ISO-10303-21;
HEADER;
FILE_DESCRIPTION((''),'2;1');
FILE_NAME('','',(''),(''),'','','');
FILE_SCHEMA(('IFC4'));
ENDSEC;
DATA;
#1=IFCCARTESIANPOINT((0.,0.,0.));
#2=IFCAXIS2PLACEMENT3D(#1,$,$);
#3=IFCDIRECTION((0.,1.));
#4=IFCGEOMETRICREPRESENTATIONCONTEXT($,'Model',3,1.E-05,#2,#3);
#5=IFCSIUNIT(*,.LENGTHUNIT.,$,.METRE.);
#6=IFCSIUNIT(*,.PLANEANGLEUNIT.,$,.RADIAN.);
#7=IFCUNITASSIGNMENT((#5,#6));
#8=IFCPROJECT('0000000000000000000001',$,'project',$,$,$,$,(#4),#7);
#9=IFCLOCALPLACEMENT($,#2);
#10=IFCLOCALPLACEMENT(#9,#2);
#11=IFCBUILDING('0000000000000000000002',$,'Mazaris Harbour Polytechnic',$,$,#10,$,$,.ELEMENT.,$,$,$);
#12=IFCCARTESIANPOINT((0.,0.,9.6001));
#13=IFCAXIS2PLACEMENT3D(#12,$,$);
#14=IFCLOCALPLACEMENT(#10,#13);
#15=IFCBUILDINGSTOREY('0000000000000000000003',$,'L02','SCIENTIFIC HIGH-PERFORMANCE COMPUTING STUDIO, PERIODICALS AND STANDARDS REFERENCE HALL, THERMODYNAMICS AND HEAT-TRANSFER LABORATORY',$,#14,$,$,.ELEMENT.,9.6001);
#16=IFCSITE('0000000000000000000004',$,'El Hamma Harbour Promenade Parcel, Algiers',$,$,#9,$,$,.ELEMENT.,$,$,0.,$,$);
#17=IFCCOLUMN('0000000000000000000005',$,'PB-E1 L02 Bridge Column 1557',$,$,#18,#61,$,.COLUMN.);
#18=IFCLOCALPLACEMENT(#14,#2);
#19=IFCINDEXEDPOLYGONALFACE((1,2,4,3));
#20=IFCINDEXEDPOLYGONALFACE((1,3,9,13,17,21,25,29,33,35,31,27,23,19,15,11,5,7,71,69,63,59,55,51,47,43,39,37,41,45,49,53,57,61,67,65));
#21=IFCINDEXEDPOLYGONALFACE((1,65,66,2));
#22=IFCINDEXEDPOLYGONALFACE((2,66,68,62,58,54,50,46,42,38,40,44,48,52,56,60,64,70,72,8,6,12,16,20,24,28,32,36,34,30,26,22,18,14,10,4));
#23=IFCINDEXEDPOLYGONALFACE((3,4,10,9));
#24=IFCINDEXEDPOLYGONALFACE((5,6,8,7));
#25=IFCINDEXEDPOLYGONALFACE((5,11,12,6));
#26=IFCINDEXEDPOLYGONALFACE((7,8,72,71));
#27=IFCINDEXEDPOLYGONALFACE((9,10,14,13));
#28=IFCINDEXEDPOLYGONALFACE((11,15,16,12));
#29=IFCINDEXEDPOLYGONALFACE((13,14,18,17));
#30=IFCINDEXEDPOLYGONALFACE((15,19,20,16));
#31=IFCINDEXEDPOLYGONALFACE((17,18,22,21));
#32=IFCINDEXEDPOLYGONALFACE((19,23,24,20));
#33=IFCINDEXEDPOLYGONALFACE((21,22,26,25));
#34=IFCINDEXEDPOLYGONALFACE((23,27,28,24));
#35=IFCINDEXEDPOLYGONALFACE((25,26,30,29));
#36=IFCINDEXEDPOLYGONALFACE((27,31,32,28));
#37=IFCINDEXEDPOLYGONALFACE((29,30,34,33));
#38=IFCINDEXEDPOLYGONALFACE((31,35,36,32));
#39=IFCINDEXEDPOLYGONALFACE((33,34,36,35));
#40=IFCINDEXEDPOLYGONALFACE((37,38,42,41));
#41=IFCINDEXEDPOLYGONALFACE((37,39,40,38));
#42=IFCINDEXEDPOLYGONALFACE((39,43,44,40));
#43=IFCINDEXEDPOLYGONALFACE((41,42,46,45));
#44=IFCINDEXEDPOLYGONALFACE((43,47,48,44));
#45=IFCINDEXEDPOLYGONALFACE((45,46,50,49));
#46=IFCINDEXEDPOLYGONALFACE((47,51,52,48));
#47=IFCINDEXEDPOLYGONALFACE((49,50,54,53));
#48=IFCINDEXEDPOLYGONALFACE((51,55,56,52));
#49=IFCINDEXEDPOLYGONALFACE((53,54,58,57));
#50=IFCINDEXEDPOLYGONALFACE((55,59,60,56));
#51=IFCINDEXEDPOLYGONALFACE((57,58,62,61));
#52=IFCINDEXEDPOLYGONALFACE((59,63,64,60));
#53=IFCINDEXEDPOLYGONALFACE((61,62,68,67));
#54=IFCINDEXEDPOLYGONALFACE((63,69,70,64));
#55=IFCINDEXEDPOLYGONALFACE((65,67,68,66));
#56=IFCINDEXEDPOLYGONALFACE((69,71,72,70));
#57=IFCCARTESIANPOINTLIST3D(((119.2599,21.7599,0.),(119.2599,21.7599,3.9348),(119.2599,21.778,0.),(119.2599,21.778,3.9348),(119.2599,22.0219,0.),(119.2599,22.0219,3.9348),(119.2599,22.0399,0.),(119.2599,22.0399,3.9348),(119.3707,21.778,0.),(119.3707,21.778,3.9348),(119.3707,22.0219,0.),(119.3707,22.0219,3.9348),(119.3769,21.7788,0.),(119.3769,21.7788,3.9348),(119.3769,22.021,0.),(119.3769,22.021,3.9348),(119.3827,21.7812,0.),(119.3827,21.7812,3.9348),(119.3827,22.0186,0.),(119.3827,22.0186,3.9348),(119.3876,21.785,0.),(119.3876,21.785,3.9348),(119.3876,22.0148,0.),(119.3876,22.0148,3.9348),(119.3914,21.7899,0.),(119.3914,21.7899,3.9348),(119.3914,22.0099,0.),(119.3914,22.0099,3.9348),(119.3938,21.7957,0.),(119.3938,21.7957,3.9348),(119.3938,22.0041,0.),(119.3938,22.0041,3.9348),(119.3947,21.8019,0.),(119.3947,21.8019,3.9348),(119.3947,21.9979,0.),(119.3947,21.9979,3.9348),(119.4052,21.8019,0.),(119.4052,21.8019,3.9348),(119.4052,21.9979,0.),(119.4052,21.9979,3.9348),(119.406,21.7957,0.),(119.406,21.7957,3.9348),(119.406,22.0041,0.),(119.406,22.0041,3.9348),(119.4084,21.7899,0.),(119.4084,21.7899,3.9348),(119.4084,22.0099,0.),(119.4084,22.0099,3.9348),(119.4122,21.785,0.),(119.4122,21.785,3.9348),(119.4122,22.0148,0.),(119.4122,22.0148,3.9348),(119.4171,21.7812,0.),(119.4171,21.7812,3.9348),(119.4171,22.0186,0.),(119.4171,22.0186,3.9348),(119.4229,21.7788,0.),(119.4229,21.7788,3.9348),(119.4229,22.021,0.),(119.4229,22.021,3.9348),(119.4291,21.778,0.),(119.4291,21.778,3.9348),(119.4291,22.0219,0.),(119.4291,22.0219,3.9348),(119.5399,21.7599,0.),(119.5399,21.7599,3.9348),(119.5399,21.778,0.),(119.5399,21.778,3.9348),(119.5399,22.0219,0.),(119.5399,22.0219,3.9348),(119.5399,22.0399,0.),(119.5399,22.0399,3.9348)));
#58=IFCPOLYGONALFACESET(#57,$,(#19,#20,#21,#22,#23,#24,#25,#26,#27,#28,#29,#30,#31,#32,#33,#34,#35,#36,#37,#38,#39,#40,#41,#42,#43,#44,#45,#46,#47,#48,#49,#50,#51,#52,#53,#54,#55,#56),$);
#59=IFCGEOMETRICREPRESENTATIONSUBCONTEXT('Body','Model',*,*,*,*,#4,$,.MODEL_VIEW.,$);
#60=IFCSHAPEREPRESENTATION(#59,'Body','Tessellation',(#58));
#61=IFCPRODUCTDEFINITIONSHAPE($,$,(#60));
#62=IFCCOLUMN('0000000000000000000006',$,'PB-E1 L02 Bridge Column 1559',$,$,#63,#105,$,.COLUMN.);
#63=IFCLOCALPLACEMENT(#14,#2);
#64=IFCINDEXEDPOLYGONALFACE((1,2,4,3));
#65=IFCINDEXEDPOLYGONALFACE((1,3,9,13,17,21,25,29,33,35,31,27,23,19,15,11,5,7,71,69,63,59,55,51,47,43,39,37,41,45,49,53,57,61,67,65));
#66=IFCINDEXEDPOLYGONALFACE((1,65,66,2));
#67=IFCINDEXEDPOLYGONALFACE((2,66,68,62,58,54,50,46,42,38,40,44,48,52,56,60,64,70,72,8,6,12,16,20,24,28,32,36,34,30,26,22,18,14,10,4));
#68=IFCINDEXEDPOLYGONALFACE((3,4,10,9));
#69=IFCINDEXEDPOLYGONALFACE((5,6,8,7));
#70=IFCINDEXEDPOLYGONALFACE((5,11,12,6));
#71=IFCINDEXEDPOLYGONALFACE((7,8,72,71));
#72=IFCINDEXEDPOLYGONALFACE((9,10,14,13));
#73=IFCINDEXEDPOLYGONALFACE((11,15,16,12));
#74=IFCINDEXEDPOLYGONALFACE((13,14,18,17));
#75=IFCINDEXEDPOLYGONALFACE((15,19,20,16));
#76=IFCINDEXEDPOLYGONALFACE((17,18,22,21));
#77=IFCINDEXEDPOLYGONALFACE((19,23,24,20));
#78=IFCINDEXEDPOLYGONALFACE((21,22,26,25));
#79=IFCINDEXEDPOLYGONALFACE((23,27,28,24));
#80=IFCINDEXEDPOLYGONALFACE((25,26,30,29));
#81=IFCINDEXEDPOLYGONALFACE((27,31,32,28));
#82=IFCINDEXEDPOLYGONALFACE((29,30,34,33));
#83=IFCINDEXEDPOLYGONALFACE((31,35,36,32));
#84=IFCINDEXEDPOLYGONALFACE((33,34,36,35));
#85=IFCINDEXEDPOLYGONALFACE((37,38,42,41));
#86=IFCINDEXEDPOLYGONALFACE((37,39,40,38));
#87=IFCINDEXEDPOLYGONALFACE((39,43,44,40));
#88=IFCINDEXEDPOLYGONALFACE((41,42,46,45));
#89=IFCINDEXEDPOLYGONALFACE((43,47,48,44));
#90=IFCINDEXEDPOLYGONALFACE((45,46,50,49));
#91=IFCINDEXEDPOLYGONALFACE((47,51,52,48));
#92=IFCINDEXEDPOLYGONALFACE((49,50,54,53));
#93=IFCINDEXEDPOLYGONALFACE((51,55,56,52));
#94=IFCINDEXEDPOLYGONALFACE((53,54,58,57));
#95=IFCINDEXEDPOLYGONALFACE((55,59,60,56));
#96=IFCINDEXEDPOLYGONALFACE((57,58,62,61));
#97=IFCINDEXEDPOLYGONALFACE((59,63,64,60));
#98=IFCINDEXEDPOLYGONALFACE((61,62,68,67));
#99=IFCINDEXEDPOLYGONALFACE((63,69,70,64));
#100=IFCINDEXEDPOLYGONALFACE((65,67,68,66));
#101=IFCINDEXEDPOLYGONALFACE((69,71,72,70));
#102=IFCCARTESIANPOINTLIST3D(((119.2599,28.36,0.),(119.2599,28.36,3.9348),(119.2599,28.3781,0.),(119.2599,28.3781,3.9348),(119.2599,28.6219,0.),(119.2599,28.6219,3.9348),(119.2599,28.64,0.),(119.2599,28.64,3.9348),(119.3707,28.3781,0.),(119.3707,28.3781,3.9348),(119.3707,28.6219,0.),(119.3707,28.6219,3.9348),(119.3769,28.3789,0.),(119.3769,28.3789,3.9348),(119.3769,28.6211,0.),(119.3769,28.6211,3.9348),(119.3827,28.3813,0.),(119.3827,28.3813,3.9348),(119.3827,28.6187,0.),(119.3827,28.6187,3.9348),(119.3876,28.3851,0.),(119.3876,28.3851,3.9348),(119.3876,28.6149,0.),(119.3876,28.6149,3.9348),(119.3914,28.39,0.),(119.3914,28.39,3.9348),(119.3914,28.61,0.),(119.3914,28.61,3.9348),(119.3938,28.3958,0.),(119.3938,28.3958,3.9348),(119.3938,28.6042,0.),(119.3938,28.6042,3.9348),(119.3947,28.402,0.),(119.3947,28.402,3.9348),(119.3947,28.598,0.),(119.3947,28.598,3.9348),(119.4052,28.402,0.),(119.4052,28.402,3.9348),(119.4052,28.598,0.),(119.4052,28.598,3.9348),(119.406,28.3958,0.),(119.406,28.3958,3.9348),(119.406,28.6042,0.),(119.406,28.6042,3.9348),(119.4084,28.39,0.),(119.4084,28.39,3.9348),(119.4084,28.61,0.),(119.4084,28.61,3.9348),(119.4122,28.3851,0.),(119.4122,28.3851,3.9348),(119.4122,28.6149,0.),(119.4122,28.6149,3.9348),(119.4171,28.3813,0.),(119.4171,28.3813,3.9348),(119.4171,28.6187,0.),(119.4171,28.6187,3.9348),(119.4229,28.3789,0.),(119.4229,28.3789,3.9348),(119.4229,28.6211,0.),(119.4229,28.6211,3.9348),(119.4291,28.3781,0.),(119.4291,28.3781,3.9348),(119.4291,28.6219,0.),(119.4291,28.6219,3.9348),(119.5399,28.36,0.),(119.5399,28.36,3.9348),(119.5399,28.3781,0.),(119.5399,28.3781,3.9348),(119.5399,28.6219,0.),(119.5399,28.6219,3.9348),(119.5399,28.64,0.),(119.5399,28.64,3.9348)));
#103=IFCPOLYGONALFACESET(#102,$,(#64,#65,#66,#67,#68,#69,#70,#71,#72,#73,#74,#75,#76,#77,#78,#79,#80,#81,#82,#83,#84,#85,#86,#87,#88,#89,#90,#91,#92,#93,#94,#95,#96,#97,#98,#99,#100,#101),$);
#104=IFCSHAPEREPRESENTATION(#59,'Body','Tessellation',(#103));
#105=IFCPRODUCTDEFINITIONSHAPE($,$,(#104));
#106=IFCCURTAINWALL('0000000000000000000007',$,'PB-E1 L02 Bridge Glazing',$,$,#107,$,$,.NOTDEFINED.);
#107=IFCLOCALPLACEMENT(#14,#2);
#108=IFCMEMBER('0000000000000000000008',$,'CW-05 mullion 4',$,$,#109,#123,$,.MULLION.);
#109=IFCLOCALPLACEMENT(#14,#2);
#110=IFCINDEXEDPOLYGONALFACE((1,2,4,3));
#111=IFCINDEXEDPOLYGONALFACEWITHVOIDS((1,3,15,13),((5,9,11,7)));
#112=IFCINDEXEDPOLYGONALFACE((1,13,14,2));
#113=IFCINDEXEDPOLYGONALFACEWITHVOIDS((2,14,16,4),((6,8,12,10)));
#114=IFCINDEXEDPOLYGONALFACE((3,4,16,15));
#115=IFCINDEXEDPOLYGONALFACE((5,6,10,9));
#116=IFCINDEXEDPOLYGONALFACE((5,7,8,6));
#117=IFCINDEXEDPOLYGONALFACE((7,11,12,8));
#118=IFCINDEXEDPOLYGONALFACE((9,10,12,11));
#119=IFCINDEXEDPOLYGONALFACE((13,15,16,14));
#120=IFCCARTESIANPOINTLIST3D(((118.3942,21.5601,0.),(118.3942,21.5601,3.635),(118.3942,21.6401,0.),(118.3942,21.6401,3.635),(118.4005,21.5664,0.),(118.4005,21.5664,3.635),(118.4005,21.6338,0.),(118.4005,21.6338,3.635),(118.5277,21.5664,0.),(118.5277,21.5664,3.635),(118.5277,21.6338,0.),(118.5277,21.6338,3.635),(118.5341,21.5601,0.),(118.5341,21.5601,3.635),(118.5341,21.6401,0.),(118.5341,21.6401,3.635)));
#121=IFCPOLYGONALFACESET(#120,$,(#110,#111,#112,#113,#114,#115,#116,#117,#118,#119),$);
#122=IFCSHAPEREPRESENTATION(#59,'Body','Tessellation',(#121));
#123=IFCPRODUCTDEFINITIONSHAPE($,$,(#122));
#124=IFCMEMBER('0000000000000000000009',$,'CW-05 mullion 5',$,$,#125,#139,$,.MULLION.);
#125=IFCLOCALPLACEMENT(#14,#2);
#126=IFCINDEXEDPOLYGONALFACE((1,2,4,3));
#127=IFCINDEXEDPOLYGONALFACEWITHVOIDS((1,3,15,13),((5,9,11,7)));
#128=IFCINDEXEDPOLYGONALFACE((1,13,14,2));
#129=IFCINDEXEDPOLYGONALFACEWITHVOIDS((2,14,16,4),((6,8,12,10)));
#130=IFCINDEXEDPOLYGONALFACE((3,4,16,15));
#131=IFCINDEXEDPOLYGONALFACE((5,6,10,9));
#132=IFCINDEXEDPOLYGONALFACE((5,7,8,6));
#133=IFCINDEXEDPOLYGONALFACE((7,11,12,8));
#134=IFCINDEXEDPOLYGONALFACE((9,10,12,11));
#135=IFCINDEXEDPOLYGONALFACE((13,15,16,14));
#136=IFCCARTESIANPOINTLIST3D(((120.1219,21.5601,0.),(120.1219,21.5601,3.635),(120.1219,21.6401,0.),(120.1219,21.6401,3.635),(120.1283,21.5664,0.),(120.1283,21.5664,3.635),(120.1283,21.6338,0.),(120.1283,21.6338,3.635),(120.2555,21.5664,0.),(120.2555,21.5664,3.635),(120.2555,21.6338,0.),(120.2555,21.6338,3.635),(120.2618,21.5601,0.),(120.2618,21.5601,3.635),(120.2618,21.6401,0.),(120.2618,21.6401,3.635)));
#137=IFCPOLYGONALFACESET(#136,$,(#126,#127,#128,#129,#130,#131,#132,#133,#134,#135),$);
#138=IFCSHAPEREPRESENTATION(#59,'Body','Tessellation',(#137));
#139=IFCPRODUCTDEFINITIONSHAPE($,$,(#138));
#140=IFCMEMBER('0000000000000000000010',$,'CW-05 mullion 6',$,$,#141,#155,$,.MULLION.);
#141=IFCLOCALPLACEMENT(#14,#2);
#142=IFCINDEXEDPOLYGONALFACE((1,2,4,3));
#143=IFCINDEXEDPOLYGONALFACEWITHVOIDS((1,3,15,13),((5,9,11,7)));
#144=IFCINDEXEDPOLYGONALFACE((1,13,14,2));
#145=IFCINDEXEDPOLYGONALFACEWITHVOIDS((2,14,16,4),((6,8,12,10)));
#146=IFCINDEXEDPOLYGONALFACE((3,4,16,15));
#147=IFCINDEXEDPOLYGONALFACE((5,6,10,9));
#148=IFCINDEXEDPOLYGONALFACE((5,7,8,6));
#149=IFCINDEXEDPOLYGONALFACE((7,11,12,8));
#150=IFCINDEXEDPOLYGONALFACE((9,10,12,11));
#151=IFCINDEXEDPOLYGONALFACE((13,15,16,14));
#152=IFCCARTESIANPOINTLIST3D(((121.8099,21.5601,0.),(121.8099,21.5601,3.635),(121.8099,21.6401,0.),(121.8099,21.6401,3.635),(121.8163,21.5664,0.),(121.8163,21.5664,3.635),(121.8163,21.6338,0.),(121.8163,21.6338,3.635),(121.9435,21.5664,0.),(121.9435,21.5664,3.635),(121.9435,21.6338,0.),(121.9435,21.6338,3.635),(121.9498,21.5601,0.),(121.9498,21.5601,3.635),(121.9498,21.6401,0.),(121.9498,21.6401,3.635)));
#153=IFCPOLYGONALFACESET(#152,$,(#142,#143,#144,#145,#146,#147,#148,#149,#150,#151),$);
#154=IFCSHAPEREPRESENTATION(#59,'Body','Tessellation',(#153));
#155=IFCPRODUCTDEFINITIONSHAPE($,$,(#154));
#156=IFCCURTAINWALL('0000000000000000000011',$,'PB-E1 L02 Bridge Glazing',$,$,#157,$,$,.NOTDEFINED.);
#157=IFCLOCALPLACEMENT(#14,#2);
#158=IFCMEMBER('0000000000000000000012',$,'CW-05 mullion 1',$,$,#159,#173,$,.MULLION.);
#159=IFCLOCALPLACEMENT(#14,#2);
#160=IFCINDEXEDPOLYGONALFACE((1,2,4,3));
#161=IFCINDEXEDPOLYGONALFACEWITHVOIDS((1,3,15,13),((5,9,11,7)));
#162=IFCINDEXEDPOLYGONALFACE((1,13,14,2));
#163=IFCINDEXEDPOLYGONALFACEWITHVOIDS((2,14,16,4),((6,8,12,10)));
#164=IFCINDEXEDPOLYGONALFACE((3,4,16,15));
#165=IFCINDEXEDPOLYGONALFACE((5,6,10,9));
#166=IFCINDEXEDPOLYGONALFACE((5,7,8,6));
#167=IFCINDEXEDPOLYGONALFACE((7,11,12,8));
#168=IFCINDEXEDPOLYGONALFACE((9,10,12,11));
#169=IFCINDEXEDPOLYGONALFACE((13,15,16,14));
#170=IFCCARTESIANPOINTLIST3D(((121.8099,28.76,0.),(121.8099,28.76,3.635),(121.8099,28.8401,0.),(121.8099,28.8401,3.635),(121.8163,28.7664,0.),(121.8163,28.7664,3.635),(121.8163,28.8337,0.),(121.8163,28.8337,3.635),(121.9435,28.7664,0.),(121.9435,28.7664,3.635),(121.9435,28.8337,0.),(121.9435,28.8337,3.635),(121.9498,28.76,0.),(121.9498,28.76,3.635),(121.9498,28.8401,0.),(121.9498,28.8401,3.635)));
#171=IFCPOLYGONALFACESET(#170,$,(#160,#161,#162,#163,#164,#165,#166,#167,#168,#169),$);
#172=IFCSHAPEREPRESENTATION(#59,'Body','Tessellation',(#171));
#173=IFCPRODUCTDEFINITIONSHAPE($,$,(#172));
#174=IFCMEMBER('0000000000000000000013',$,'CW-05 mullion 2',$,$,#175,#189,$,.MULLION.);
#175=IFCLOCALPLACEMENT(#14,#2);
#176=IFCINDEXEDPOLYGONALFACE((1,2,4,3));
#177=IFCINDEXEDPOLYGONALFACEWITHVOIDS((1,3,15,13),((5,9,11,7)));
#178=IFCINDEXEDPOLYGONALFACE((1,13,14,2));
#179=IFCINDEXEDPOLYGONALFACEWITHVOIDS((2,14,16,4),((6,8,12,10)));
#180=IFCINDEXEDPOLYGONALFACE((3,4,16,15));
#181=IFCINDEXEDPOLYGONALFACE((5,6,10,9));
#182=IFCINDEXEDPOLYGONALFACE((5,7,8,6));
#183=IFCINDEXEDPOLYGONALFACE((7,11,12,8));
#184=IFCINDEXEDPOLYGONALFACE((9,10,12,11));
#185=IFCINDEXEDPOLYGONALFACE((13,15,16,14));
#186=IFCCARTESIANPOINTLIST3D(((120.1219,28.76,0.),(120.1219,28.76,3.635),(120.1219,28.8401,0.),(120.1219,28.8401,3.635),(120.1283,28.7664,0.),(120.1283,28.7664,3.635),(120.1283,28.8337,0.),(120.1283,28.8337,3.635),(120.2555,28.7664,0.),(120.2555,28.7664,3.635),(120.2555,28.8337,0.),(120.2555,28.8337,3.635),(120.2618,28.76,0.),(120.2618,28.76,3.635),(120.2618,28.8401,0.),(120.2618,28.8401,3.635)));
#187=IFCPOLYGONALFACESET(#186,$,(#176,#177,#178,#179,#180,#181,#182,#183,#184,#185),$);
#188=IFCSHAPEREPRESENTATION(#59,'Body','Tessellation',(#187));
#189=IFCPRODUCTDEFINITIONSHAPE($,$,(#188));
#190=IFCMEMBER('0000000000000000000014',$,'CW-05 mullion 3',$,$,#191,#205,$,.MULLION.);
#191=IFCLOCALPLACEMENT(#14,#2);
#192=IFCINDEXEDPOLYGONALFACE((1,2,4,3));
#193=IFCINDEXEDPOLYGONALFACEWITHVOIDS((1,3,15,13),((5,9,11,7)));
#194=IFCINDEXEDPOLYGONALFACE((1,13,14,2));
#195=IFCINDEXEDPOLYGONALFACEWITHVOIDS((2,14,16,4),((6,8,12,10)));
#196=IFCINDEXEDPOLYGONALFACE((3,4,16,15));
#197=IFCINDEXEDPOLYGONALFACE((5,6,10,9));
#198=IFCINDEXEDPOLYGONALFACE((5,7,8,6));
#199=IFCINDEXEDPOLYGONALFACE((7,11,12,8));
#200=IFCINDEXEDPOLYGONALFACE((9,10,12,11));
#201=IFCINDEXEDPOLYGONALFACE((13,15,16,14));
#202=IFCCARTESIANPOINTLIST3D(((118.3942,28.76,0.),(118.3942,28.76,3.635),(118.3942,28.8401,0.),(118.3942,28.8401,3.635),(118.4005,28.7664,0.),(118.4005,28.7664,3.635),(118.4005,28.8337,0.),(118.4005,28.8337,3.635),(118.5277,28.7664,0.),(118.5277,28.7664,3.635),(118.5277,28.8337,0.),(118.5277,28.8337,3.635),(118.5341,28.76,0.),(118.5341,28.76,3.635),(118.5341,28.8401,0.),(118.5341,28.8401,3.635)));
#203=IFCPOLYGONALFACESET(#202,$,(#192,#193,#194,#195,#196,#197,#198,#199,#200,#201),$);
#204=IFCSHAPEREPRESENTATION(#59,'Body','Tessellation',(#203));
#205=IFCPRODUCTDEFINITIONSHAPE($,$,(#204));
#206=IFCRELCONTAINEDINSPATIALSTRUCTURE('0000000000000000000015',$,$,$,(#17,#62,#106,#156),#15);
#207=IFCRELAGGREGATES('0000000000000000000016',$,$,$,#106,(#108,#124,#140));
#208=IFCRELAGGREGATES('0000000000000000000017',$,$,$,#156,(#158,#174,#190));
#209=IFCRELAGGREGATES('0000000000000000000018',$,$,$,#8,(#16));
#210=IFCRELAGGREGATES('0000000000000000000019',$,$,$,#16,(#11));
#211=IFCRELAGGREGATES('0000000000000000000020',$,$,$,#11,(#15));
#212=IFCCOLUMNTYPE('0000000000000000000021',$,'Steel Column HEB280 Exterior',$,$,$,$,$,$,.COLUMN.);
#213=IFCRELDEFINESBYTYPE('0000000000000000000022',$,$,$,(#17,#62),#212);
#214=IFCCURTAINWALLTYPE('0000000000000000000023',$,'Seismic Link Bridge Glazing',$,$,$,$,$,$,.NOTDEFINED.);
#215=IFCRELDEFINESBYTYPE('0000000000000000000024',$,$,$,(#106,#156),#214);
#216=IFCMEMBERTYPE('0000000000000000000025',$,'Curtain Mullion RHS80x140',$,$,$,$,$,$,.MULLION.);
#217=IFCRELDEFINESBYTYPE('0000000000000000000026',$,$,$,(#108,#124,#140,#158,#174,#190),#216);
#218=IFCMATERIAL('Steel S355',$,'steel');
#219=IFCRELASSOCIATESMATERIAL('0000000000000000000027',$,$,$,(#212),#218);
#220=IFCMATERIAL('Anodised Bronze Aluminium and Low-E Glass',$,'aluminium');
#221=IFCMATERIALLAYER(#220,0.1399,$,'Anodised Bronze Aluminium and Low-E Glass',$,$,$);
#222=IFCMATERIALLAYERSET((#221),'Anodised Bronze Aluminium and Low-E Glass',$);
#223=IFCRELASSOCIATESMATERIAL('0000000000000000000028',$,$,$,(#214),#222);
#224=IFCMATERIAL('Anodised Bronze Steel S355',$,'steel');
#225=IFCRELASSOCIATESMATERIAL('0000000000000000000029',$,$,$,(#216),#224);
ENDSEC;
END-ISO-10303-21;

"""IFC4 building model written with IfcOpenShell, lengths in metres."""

from ifc_helpers import new_model, si_unit, direction, frame, origin, origin_2d, place, context, subcontext, project, spatial, hollow_rectangle, i_section, extrude, material, layer, layer_set, material_profile, profile_set, type_object, element, aggregate, save


model = new_model("IFC4")

# Units and contexts
model_context = context("Model", 3, precision=1e-05, world=origin(), true_north=direction((0.0, 1.0)))
body_context = subcontext(model_context, "Body", "Model", "MODEL_VIEW")
ifc_project = project(units=[si_unit("LENGTHUNIT", "METRE"), si_unit("PLANEANGLEUNIT", "RADIAN")], contexts=[model_context])

# Site, building, storey
site_placement = place(None, origin())
site = spatial("IfcSite", under=ifc_project, at=site_placement, Name="El Hamma Harbour Promenade Parcel, Algiers", CompositionType="ELEMENT", RefElevation=0.0)
building_placement = place(site_placement, origin())
building = spatial("IfcBuilding", under=site, at=building_placement, Name="Mazaris Harbour Polytechnic", CompositionType="ELEMENT")
storey_placement = place(building_placement, frame((0.0, 0.0, 9.6001)))
storey = spatial("IfcBuildingStorey", under=building, at=storey_placement, Name="L02", Description="SCIENTIFIC HIGH-PERFORMANCE COMPUTING STUDIO, PERIODICALS AND STANDARDS REFERENCE HALL, THERMODYNAMICS AND HEAT-TRANSFER LABORATORY", CompositionType="ELEMENT", Elevation=9.6001)

# Columns
ifc_material_1 = material(Name="Steel S355", Category="steel")
ifc_material_profile_1 = material_profile(ifc_material_1, i_section(OverallWidth=0.28, OverallDepth=0.28, WebThickness=0.0105, FlangeThickness=0.0181, FilletRadius=0.0239, at=origin_2d()), Name="HEB 280")
ifc_profile_set_1 = profile_set([ifc_material_profile_1], Name="Steel S355")
column_type = type_object("IfcColumnType", Name="Steel Column HEB280 Exterior", PredefinedType="COLUMN", material=ifc_profile_set_1)
for number, where, z_axis, x_axis, name in (
    (1, (119.3999, 21.8999, 0.0), (0.0, 0.0, 1.0), (1.0, 0.0, 0.0), "PB-E1 L02 Bridge Column 1557"),
    (2, (119.3999, 28.5, 0.0), (0.0, 0.0, 1.0), (1.0, 0.0, 0.0), "PB-E1 L02 Bridge Column 1559"),
):
    element("IfcColumn", number, at=place(storey_placement, frame(where, z_axis=z_axis, x_axis=x_axis)), inside=storey, type_object=column_type, Name=name, PredefinedType="COLUMN", context=body_context, shape_type="SweptSolid", body=[
        extrude(i_section(OverallWidth=0.28, OverallDepth=0.28, WebThickness=0.0105, FlangeThickness=0.0181, FilletRadius=0.0239, at=origin_2d()), origin(), (0.0, 0.0, 1.0), 3.9348),
    ])

# Curtain walls, members
ifc_material_2 = material(Name="Anodised Bronze Aluminium and Low-E Glass", Category="aluminium")
ifc_layer_1 = layer(ifc_material_2, 0.1399, Name="Anodised Bronze Aluminium and Low-E Glass")
ifc_layer_set_1 = layer_set([ifc_layer_1], Name="Anodised Bronze Aluminium and Low-E Glass")
curtain_wall_type = type_object("IfcCurtainWallType", Name="Seismic Link Bridge Glazing", PredefinedType="NOTDEFINED", material=ifc_layer_set_1)
curtain_wall_1_placement = place(storey_placement, origin())
curtain_wall_1 = element("IfcCurtainWall", 3, at=curtain_wall_1_placement, inside=storey, type_object=curtain_wall_type, Name="PB-E1 L02 Bridge Glazing", PredefinedType="NOTDEFINED")
ifc_material_3 = material(Name="Anodised Bronze Steel S355", Category="steel")
ifc_material_profile_2 = material_profile(ifc_material_3, hollow_rectangle(XDim=0.0801, YDim=0.1399, WallThickness=0.0063, at=origin_2d()), Name="RHS 80x140x6.3")
ifc_profile_set_2 = profile_set([ifc_material_profile_2], Name="Anodised Bronze Steel S355")
member_type_1 = type_object("IfcMemberType", Name="Curtain Mullion RHS80x140", PredefinedType="MULLION", material=ifc_profile_set_2)
member_1_placement = place(storey_placement, frame((118.4641, 21.6001, 0.0), z_axis=(0.0, 0.0, 1.0), x_axis=(0.0, 1.0, 0.0)))
member_1 = element("IfcMember", 4, at=member_1_placement, type_object=member_type_1, Name="CW-05 mullion 4", PredefinedType="MULLION", context=body_context, shape_type="SweptSolid", body=[
    extrude(hollow_rectangle(XDim=0.0801, YDim=0.1399, WallThickness=0.0063, at=origin_2d()), origin(), (0.0, 0.0, 1.0), 3.635),
])
member_2_placement = place(storey_placement, frame((120.1919, 21.6001, 0.0), z_axis=(0.0, 0.0, 1.0), x_axis=(0.0, 1.0, 0.0)))
member_2 = element("IfcMember", 5, at=member_2_placement, type_object=member_type_1, Name="CW-05 mullion 5", PredefinedType="MULLION", context=body_context, shape_type="SweptSolid", body=[
    extrude(hollow_rectangle(XDim=0.0801, YDim=0.1399, WallThickness=0.0063, at=origin_2d()), origin(), (0.0, 0.0, 1.0), 3.635),
])
member_3_placement = place(storey_placement, frame((121.8799, 21.6001, 0.0), z_axis=(0.0, 0.0, 1.0), x_axis=(0.0, 1.0, 0.0)))
member_3 = element("IfcMember", 6, at=member_3_placement, type_object=member_type_1, Name="CW-05 mullion 6", PredefinedType="MULLION", context=body_context, shape_type="SweptSolid", body=[
    extrude(hollow_rectangle(XDim=0.0801, YDim=0.1399, WallThickness=0.0063, at=origin_2d()), origin(), (0.0, 0.0, 1.0), 3.635),
])
curtain_wall_2_placement = place(storey_placement, origin())
curtain_wall_2 = element("IfcCurtainWall", 7, at=curtain_wall_2_placement, inside=storey, type_object=curtain_wall_type, Name="PB-E1 L02 Bridge Glazing", PredefinedType="NOTDEFINED")
member_4_placement = place(storey_placement, frame((121.8799, 28.8, 0.0), z_axis=(0.0, 0.0, 1.0), x_axis=(0.0, -1.0, 0.0)))
member_4 = element("IfcMember", 8, at=member_4_placement, type_object=member_type_1, Name="CW-05 mullion 1", PredefinedType="MULLION", context=body_context, shape_type="SweptSolid", body=[
    extrude(hollow_rectangle(XDim=0.0801, YDim=0.1399, WallThickness=0.0063, at=origin_2d()), origin(), (0.0, 0.0, 1.0), 3.635),
])
member_5_placement = place(storey_placement, frame((120.1919, 28.8, 0.0), z_axis=(0.0, 0.0, 1.0), x_axis=(0.0, -1.0, 0.0)))
member_5 = element("IfcMember", 9, at=member_5_placement, type_object=member_type_1, Name="CW-05 mullion 2", PredefinedType="MULLION", context=body_context, shape_type="SweptSolid", body=[
    extrude(hollow_rectangle(XDim=0.0801, YDim=0.1399, WallThickness=0.0063, at=origin_2d()), origin(), (0.0, 0.0, 1.0), 3.635),
])
member_6_placement = place(storey_placement, frame((118.4641, 28.8, 0.0), z_axis=(0.0, 0.0, 1.0), x_axis=(0.0, -1.0, 0.0)))
member_6 = element("IfcMember", 10, at=member_6_placement, type_object=member_type_1, Name="CW-05 mullion 3", PredefinedType="MULLION", context=body_context, shape_type="SweptSolid", body=[
    extrude(hollow_rectangle(XDim=0.0801, YDim=0.1399, WallThickness=0.0063, at=origin_2d()), origin(), (0.0, 0.0, 1.0), 3.635),
])

aggregate(curtain_wall_1, [member_1, member_2, member_3])
aggregate(curtain_wall_2, [member_4, member_5, member_6])

save(model, "model.ifc")
